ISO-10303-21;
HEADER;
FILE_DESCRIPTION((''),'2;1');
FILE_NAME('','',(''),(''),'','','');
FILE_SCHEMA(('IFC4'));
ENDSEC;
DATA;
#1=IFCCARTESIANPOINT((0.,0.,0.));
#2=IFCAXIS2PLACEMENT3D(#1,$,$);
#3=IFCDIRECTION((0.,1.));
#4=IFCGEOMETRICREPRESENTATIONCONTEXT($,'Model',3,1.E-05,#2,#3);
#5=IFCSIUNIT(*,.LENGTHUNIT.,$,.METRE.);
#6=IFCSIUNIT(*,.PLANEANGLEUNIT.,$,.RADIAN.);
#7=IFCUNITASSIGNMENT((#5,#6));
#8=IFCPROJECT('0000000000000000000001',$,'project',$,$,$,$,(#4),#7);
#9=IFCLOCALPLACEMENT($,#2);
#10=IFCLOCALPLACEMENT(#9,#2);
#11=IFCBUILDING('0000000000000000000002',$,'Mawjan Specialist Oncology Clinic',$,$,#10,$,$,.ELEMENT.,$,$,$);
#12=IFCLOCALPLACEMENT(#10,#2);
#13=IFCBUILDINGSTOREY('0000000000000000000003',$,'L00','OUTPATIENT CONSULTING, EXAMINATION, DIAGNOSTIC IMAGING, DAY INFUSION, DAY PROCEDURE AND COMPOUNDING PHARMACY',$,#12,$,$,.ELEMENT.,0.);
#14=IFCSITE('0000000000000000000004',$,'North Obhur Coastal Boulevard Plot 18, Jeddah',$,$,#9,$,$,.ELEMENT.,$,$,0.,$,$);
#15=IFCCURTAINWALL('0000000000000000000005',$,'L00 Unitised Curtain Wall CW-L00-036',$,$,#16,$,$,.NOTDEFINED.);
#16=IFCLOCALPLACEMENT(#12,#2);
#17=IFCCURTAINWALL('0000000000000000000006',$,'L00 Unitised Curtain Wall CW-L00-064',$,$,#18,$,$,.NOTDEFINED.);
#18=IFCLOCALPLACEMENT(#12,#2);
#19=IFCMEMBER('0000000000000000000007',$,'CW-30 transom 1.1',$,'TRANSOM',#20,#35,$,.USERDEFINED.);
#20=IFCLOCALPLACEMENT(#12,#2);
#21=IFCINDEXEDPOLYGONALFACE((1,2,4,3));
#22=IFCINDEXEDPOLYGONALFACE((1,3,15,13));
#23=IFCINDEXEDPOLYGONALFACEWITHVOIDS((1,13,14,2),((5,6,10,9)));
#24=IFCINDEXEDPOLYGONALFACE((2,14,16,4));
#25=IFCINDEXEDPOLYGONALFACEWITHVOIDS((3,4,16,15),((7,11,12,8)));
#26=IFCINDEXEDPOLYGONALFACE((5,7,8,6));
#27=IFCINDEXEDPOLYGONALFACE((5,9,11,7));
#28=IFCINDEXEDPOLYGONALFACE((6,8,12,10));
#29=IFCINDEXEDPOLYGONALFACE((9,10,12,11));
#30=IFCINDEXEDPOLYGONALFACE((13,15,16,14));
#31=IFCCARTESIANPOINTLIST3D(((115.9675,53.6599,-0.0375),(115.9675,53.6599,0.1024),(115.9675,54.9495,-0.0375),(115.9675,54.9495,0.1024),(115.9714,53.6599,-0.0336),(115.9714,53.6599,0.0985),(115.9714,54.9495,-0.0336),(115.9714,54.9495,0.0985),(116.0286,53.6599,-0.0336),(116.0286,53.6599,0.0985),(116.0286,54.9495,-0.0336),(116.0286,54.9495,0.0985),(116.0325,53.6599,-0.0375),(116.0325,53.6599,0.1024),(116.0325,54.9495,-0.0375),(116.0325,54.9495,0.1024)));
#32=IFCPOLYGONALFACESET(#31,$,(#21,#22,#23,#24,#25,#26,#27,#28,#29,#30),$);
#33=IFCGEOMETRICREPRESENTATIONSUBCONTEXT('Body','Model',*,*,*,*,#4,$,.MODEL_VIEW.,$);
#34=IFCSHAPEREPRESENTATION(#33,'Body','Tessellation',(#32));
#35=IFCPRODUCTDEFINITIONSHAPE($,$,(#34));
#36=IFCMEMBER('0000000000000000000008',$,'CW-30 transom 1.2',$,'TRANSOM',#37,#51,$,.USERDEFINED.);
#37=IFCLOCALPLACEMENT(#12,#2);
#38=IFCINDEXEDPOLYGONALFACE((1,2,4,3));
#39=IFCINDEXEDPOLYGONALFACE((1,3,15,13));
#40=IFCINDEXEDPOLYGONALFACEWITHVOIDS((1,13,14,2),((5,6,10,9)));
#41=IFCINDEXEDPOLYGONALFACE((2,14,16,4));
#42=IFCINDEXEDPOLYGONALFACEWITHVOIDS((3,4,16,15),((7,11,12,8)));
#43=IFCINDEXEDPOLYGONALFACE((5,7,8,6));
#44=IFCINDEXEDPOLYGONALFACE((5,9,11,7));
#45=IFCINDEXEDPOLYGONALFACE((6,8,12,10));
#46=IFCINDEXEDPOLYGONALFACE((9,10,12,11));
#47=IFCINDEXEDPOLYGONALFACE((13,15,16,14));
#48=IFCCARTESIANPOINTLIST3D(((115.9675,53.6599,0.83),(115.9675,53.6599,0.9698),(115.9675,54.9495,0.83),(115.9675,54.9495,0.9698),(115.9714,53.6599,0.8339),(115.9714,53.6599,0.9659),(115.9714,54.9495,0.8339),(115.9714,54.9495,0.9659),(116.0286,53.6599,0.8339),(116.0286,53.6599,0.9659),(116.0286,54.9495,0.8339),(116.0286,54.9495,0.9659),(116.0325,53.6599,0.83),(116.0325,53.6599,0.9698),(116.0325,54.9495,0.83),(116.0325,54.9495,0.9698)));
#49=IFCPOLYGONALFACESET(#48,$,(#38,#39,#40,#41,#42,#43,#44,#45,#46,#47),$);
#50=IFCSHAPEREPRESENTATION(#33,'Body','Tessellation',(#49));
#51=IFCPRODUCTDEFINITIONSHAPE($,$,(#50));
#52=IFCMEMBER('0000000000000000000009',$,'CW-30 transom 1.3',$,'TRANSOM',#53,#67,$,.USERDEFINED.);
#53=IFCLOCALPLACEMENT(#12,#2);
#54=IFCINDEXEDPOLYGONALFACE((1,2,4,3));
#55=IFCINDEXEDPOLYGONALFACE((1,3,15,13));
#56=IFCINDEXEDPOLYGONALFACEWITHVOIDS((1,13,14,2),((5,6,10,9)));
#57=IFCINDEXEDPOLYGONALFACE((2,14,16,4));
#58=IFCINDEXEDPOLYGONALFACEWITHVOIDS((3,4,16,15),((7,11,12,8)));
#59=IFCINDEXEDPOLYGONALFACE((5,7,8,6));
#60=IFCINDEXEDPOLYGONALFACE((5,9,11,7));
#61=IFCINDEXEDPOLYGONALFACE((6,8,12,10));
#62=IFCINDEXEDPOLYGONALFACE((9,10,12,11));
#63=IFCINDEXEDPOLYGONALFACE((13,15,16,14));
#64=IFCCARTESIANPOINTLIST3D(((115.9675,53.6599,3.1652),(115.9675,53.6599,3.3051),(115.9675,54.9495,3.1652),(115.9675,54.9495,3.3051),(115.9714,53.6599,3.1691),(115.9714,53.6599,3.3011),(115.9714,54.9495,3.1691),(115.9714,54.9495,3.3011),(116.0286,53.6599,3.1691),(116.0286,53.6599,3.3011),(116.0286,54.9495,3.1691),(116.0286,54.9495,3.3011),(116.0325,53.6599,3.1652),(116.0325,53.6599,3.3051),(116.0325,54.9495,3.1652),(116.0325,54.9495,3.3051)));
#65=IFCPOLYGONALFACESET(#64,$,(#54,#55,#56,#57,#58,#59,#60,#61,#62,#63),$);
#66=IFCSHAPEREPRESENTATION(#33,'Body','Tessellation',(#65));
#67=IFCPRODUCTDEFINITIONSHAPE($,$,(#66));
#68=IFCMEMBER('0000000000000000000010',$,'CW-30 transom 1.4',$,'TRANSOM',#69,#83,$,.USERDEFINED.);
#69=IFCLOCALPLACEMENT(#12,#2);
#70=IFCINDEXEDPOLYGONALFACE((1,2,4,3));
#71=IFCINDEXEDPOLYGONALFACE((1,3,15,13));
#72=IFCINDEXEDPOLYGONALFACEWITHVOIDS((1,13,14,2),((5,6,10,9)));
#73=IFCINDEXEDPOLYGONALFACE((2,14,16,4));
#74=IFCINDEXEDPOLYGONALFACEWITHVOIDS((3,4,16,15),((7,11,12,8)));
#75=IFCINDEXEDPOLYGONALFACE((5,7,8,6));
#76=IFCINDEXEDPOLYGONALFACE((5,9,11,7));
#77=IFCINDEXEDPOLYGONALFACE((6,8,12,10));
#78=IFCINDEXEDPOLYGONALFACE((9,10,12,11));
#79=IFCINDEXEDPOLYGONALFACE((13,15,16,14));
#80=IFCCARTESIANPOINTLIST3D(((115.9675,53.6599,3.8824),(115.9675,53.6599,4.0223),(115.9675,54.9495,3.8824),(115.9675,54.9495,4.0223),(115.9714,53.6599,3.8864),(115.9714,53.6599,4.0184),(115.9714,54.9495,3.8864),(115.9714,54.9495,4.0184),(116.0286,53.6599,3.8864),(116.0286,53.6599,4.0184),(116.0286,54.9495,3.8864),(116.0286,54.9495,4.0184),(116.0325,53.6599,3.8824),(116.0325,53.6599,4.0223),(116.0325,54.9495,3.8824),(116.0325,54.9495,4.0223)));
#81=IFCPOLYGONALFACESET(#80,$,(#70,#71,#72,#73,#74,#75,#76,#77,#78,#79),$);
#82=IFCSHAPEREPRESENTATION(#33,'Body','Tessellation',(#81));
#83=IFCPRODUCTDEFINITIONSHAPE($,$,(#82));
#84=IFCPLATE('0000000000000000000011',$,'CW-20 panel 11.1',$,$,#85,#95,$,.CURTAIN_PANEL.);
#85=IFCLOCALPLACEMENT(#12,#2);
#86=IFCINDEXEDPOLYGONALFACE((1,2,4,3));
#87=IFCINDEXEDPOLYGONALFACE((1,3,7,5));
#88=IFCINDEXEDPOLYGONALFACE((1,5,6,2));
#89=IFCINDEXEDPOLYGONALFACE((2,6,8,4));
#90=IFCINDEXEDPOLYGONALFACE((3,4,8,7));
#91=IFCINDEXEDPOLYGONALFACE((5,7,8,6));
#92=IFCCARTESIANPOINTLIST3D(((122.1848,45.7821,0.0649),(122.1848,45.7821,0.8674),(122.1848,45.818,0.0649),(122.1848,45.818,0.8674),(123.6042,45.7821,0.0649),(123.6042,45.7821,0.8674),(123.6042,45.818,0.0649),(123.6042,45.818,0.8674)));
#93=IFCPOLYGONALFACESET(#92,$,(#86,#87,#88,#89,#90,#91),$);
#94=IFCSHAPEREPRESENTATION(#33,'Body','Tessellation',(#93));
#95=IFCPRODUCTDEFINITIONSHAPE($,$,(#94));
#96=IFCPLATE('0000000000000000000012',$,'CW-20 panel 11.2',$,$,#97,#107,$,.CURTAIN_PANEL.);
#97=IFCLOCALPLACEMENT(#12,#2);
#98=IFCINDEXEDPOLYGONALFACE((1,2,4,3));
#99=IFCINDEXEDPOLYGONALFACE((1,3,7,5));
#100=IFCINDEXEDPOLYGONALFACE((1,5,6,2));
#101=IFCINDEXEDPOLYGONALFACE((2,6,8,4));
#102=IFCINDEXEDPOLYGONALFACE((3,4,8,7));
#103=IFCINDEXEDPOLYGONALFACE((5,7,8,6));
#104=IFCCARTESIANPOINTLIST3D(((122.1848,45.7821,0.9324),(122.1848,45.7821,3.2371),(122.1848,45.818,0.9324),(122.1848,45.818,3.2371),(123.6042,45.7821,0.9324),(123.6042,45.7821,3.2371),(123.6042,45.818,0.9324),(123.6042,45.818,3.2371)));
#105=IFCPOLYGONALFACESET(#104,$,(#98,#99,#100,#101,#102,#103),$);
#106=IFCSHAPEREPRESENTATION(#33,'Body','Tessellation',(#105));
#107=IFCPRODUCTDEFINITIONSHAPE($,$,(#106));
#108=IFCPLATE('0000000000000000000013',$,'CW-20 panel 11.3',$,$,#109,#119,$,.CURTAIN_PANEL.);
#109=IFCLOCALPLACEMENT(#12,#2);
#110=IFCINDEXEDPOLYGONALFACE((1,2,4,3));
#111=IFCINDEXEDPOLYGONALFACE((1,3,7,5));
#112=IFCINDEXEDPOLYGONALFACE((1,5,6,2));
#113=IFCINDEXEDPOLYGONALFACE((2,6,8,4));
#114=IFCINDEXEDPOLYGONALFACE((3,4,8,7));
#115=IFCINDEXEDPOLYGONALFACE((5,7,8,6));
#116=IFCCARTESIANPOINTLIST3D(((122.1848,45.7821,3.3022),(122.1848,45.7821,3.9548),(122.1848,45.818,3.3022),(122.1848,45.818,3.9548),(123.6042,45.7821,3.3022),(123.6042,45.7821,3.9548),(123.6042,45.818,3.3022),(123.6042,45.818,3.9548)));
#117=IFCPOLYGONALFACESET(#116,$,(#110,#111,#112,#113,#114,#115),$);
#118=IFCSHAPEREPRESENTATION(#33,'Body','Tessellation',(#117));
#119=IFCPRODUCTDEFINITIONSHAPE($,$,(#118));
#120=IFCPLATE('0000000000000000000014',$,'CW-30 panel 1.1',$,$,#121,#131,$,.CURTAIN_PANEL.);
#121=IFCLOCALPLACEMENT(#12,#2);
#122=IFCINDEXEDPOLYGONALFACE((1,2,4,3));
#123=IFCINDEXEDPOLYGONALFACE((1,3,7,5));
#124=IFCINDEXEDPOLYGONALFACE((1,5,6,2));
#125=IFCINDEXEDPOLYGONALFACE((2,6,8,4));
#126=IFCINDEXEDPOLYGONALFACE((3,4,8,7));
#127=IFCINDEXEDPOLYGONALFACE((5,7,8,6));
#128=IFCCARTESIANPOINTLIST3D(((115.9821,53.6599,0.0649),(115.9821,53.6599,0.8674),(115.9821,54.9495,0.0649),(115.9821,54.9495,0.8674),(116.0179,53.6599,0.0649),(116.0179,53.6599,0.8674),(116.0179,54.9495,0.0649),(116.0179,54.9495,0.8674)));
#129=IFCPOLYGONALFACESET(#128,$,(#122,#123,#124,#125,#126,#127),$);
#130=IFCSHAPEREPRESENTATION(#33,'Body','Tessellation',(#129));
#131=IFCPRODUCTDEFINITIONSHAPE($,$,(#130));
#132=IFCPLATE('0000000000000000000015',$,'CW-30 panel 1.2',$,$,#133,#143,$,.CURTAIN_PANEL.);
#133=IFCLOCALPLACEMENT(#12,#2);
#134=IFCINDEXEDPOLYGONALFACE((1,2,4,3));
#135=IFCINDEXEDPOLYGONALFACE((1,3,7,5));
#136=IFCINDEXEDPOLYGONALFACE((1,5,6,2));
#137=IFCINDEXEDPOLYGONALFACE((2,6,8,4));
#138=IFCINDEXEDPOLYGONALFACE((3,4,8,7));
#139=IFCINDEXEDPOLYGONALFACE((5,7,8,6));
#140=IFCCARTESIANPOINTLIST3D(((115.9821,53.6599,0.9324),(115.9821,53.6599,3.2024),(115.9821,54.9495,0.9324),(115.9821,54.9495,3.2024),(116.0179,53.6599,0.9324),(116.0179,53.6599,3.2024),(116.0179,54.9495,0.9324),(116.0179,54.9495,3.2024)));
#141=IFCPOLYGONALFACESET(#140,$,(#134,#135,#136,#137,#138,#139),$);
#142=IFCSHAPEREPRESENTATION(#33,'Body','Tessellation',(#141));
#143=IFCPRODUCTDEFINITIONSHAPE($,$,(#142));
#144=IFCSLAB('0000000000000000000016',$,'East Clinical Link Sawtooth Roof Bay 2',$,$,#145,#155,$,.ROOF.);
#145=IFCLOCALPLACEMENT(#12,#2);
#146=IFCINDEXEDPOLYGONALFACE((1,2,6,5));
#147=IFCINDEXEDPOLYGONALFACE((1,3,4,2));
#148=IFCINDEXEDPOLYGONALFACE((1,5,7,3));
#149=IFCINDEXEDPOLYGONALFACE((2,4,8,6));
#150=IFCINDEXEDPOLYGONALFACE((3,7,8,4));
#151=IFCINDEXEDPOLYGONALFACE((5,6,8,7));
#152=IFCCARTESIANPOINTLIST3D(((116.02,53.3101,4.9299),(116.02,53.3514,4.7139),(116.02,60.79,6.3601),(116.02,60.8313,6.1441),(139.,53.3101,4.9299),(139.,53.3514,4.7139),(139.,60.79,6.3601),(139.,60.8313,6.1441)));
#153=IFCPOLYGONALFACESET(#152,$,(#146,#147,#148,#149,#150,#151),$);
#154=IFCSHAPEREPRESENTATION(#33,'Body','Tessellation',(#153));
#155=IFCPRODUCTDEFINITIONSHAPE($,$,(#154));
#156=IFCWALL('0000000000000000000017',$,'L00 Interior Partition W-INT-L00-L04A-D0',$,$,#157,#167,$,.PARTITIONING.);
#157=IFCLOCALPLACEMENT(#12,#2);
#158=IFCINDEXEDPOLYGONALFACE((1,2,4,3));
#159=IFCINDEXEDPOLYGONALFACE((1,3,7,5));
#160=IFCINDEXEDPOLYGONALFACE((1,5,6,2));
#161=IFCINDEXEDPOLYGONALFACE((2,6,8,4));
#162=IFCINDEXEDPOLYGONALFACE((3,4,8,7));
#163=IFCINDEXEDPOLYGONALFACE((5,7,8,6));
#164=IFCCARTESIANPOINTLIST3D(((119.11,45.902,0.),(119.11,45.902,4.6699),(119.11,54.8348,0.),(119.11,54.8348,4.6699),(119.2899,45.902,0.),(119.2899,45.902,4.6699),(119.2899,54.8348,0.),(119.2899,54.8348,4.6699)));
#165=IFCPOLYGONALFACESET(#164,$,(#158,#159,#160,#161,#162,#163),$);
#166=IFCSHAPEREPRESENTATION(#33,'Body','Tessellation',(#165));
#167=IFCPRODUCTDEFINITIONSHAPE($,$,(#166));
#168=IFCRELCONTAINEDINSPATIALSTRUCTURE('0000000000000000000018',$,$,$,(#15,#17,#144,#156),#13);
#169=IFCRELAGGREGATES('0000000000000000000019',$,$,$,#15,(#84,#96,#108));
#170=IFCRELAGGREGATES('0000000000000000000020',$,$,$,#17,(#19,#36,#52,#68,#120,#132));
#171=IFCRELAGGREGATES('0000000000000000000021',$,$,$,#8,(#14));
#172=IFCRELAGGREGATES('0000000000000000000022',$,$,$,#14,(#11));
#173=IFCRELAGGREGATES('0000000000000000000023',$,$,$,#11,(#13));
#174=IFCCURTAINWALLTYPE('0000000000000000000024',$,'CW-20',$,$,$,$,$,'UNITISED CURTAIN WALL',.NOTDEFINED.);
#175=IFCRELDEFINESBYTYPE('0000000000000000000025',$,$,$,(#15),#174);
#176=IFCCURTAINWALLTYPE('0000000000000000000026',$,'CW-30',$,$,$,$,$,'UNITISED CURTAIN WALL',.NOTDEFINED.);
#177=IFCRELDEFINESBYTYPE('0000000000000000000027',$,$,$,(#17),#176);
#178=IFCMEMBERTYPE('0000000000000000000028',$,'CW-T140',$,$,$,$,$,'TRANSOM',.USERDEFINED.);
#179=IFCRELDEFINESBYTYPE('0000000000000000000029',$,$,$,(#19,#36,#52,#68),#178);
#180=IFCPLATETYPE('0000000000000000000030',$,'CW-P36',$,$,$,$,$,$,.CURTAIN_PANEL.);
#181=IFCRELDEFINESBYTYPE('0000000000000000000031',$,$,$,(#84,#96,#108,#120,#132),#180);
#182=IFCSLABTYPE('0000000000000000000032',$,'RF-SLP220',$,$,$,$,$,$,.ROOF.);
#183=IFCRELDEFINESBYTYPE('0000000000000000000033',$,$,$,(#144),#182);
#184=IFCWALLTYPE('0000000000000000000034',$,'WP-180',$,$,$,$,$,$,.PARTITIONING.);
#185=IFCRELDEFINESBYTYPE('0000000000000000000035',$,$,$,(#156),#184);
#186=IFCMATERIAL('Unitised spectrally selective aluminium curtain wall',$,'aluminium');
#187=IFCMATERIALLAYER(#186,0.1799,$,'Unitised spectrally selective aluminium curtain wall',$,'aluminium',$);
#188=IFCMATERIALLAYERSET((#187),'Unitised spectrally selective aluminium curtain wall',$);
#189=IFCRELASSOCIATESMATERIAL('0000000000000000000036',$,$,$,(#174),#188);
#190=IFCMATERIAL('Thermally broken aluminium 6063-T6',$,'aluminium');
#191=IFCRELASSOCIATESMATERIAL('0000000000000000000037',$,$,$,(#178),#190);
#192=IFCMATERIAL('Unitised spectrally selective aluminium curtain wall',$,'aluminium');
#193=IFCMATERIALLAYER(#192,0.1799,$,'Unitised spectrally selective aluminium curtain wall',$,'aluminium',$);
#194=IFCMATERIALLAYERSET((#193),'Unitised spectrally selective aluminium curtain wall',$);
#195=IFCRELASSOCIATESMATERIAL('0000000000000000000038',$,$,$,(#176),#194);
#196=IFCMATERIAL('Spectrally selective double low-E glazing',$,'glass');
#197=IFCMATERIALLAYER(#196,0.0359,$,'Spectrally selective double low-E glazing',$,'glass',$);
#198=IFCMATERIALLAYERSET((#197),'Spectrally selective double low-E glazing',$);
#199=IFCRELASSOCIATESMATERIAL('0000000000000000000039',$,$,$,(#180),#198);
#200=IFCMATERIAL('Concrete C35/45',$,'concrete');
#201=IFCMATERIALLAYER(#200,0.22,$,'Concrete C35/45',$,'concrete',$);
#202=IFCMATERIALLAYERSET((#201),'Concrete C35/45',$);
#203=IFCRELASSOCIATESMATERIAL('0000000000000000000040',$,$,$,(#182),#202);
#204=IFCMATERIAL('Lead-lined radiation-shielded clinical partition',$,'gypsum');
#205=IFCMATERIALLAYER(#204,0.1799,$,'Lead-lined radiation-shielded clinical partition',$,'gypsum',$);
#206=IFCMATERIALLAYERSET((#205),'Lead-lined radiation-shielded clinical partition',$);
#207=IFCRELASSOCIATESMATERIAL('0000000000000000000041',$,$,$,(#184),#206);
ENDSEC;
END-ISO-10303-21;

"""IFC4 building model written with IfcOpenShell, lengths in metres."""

from ifc_helpers import new_model, si_unit, direction, frame, frame_2d, origin, origin_2d, place, context, subcontext, project, spatial, polyline, rectangle, hollow_rectangle, outline, extrude, material, layer, layer_set, material_profile, profile_set, type_object, element, aggregate, save


model = new_model("IFC4")

# Units and contexts
model_context = context("Model", 3, precision=1e-05, world=origin(), true_north=direction((0.0, 1.0)))
body_context = subcontext(model_context, "Body", "Model", "MODEL_VIEW")
ifc_project = project(units=[si_unit("LENGTHUNIT", "METRE"), si_unit("PLANEANGLEUNIT", "RADIAN")], contexts=[model_context])

# Site, building, storey
site_placement = place(None, origin())
site = spatial("IfcSite", under=ifc_project, at=site_placement, Name="North Obhur Coastal Boulevard Plot 18, Jeddah", CompositionType="ELEMENT", RefElevation=0.0)
building_placement = place(site_placement, origin())
building = spatial("IfcBuilding", under=site, at=building_placement, Name="Mawjan Specialist Oncology Clinic", CompositionType="ELEMENT")
storey_placement = place(building_placement, origin())
storey = spatial("IfcBuildingStorey", under=building, at=storey_placement, Name="L00", Description="OUTPATIENT CONSULTING, EXAMINATION, DIAGNOSTIC IMAGING, DAY INFUSION, DAY PROCEDURE AND COMPOUNDING PHARMACY", CompositionType="ELEMENT", Elevation=0.0)

# Curtain walls, members
ifc_material_1 = material(Name="Unitised spectrally selective aluminium curtain wall", Category="aluminium")
ifc_layer_1 = layer(ifc_material_1, 0.1799, Name="Unitised spectrally selective aluminium curtain wall", Category="aluminium")
ifc_layer_set_1 = layer_set([ifc_layer_1], Name="Unitised spectrally selective aluminium curtain wall")
curtain_wall_type_1 = type_object("IfcCurtainWallType", Name="CW-20", ElementType="UNITISED CURTAIN WALL", PredefinedType="NOTDEFINED", material=ifc_layer_set_1)
curtain_wall_1_placement = place(storey_placement, origin())
curtain_wall_1 = element("IfcCurtainWall", 1, at=curtain_wall_1_placement, inside=storey, type_object=curtain_wall_type_1, Name="L00 Unitised Curtain Wall CW-L00-036", PredefinedType="NOTDEFINED")
ifc_material_2 = material(Name="Thermally broken aluminium 6063-T6", Category="aluminium")
ifc_material_profile_1 = material_profile(ifc_material_2, hollow_rectangle(XDim=0.0649, YDim=0.1399, WallThickness=0.0039, at=origin_2d()), Name="ALU TRANSOM 140x65x4", Category="aluminium")
ifc_profile_set_1 = profile_set([ifc_material_profile_1], Name="Thermally broken aluminium 6063-T6")
member_type_1 = type_object("IfcMemberType", Name="CW-T140", ElementType="TRANSOM", PredefinedType="USERDEFINED", material=ifc_profile_set_1)
ifc_material_3 = material(Name="Unitised spectrally selective aluminium curtain wall", Category="aluminium")
ifc_layer_2 = layer(ifc_material_3, 0.1799, Name="Unitised spectrally selective aluminium curtain wall", Category="aluminium")
ifc_layer_set_2 = layer_set([ifc_layer_2], Name="Unitised spectrally selective aluminium curtain wall")
curtain_wall_type_2 = type_object("IfcCurtainWallType", Name="CW-30", ElementType="UNITISED CURTAIN WALL", PredefinedType="NOTDEFINED", material=ifc_layer_set_2)
curtain_wall_2_placement = place(storey_placement, origin())
curtain_wall_2 = element("IfcCurtainWall", 2, at=curtain_wall_2_placement, inside=storey, type_object=curtain_wall_type_2, Name="L00 Unitised Curtain Wall CW-L00-064", PredefinedType="NOTDEFINED")
member_1_placement = place(storey_placement, frame((116.0, 53.6599, 0.0325), z_axis=(0.0, 1.0, 0.0), x_axis=(-1.0, 0.0, 0.0)))
member_1 = element("IfcMember", 3, at=member_1_placement, type_object=member_type_1, Name="CW-30 transom 1.1", ObjectType="TRANSOM", PredefinedType="USERDEFINED", context=body_context, shape_type="SweptSolid", body=[
    extrude(hollow_rectangle(XDim=0.0649, YDim=0.1399, WallThickness=0.0039, at=origin_2d()), origin(), (0.0, 0.0, 1.0), 1.2896),
])
member_2_placement = place(storey_placement, frame((116.0, 53.6599, 0.8999), z_axis=(0.0, 1.0, 0.0), x_axis=(-1.0, 0.0, 0.0)))
member_2 = element("IfcMember", 4, at=member_2_placement, type_object=member_type_1, Name="CW-30 transom 1.2", ObjectType="TRANSOM", PredefinedType="USERDEFINED", context=body_context, shape_type="SweptSolid", body=[
    extrude(hollow_rectangle(XDim=0.0649, YDim=0.1399, WallThickness=0.0039, at=origin_2d()), origin(), (0.0, 0.0, 1.0), 1.2896),
])
member_3_placement = place(storey_placement, frame((116.0, 53.6599, 3.2351), z_axis=(0.0, 1.0, 0.0), x_axis=(-1.0, 0.0, 0.0)))
member_3 = element("IfcMember", 5, at=member_3_placement, type_object=member_type_1, Name="CW-30 transom 1.3", ObjectType="TRANSOM", PredefinedType="USERDEFINED", context=body_context, shape_type="SweptSolid", body=[
    extrude(hollow_rectangle(XDim=0.0649, YDim=0.1399, WallThickness=0.0039, at=origin_2d()), origin(), (0.0, 0.0, 1.0), 1.2896),
])
member_4_placement = place(storey_placement, frame((116.0, 53.6599, 3.9524), z_axis=(0.0, 1.0, 0.0), x_axis=(-1.0, 0.0, 0.0)))
member_4 = element("IfcMember", 6, at=member_4_placement, type_object=member_type_1, Name="CW-30 transom 1.4", ObjectType="TRANSOM", PredefinedType="USERDEFINED", context=body_context, shape_type="SweptSolid", body=[
    extrude(hollow_rectangle(XDim=0.0649, YDim=0.1399, WallThickness=0.0039, at=origin_2d()), origin(), (0.0, 0.0, 1.0), 1.2896),
])

# Plates
ifc_material_4 = material(Name="Spectrally selective double low-E glazing", Category="glass")
ifc_layer_3 = layer(ifc_material_4, 0.0359, Name="Spectrally selective double low-E glazing", Category="glass")
ifc_layer_set_3 = layer_set([ifc_layer_3], Name="Spectrally selective double low-E glazing")
plate_type = type_object("IfcPlateType", Name="CW-P36", PredefinedType="CURTAIN_PANEL", material=ifc_layer_set_3)
plate_1_placement = place(storey_placement, frame((122.8945, 45.8, 0.0649), z_axis=(0.0, 0.0, 1.0), x_axis=(-1.0, 0.0, 0.0)))
plate_1 = element("IfcPlate", 7, at=plate_1_placement, type_object=plate_type, Name="CW-20 panel 11.1", PredefinedType="CURTAIN_PANEL", context=body_context, shape_type="SweptSolid", body=[
    extrude(rectangle(XDim=1.4194, YDim=0.0359, at=origin_2d()), origin(), (0.0, 0.0, 1.0), 0.8025),
])
plate_2_placement = place(storey_placement, frame((122.8945, 45.8, 0.9324), z_axis=(0.0, 0.0, 1.0), x_axis=(-1.0, 0.0, 0.0)))
plate_2 = element("IfcPlate", 8, at=plate_2_placement, type_object=plate_type, Name="CW-20 panel 11.2", PredefinedType="CURTAIN_PANEL", context=body_context, shape_type="SweptSolid", body=[
    extrude(rectangle(XDim=1.4194, YDim=0.0359, at=origin_2d()), origin(), (0.0, 0.0, 1.0), 2.3047),
])
plate_3_placement = place(storey_placement, frame((122.8945, 45.8, 3.3022), z_axis=(0.0, 0.0, 1.0), x_axis=(-1.0, 0.0, 0.0)))
plate_3 = element("IfcPlate", 9, at=plate_3_placement, type_object=plate_type, Name="CW-20 panel 11.3", PredefinedType="CURTAIN_PANEL", context=body_context, shape_type="SweptSolid", body=[
    extrude(rectangle(XDim=1.4194, YDim=0.0359, at=origin_2d()), origin(), (0.0, 0.0, 1.0), 0.6526),
])
aggregate(curtain_wall_1, [plate_1, plate_2, plate_3])
plate_4_placement = place(storey_placement, frame((116.0, 54.3047, 0.0649), z_axis=(0.0, 0.0, 1.0), x_axis=(0.0, 1.0, 0.0)))
plate_4 = element("IfcPlate", 10, at=plate_4_placement, type_object=plate_type, Name="CW-30 panel 1.1", PredefinedType="CURTAIN_PANEL", context=body_context, shape_type="SweptSolid", body=[
    extrude(rectangle(XDim=1.2896, YDim=0.0359, at=origin_2d()), origin(), (0.0, 0.0, 1.0), 0.8025),
])
plate_5_placement = place(storey_placement, frame((116.0, 54.3047, 0.9324), z_axis=(0.0, 0.0, 1.0), x_axis=(0.0, 1.0, 0.0)))
plate_5 = element("IfcPlate", 11, at=plate_5_placement, type_object=plate_type, Name="CW-30 panel 1.2", PredefinedType="CURTAIN_PANEL", context=body_context, shape_type="SweptSolid", body=[
    extrude(rectangle(XDim=1.2896, YDim=0.0359, at=origin_2d()), origin(), (0.0, 0.0, 1.0), 2.27),
])
aggregate(curtain_wall_2, [member_1, member_2, member_3, member_4, plate_4, plate_5])

# Slab
ifc_material_5 = material(Name="Concrete C35/45", Category="concrete")
ifc_layer_4 = layer(ifc_material_5, 0.22, Name="Concrete C35/45", Category="concrete")
ifc_layer_set_4 = layer_set([ifc_layer_4], Name="Concrete C35/45")
slab_type = type_object("IfcSlabType", Name="RF-SLP220", PredefinedType="ROOF", material=ifc_layer_set_4)
slab_placement = place(storey_placement, frame((116.02, 53.3101, 4.9299), z_axis=(0.0, -0.187799, 0.982208), x_axis=(1.0, 0.0, 0.0)))
element("IfcSlab", 12, at=slab_placement, inside=storey, type_object=slab_type, Name="East Clinical Link Sawtooth Roof Bay 2", PredefinedType="ROOF", context=body_context, shape_type="SweptSolid", body=[
    extrude(outline(polyline([(0.0, 0.0), (22.98, 0.0), (22.98, 7.6155), (0.0, 7.6155), (0.0, 0.0)])), origin(), (0.0, 0.0, -1.0), 0.22),
])

# Wall
ifc_material_6 = material(Name="Lead-lined radiation-shielded clinical partition", Category="gypsum")
ifc_layer_5 = layer(ifc_material_6, 0.1799, Name="Lead-lined radiation-shielded clinical partition", Category="gypsum")
ifc_layer_set_5 = layer_set([ifc_layer_5], Name="Lead-lined radiation-shielded clinical partition")
wall_type = type_object("IfcWallType", Name="WP-180", PredefinedType="PARTITIONING", material=ifc_layer_set_5)
wall_placement = place(storey_placement, frame((119.2, 45.9021, 0.0), z_axis=(0.0, 0.0, 1.0), x_axis=(0.0, 1.0, 0.0)))
element("IfcWall", 13, at=wall_placement, inside=storey, type_object=wall_type, Name="L00 Interior Partition W-INT-L00-L04A-D0", PredefinedType="PARTITIONING", context=body_context, shape_type="SweptSolid", body=[
    extrude(rectangle(XDim=8.9329, YDim=0.1799, at=frame_2d((4.4663, 0.0))), origin(), (0.0, 0.0, 1.0), 4.6699),
])

save(model, "model.ifc")
